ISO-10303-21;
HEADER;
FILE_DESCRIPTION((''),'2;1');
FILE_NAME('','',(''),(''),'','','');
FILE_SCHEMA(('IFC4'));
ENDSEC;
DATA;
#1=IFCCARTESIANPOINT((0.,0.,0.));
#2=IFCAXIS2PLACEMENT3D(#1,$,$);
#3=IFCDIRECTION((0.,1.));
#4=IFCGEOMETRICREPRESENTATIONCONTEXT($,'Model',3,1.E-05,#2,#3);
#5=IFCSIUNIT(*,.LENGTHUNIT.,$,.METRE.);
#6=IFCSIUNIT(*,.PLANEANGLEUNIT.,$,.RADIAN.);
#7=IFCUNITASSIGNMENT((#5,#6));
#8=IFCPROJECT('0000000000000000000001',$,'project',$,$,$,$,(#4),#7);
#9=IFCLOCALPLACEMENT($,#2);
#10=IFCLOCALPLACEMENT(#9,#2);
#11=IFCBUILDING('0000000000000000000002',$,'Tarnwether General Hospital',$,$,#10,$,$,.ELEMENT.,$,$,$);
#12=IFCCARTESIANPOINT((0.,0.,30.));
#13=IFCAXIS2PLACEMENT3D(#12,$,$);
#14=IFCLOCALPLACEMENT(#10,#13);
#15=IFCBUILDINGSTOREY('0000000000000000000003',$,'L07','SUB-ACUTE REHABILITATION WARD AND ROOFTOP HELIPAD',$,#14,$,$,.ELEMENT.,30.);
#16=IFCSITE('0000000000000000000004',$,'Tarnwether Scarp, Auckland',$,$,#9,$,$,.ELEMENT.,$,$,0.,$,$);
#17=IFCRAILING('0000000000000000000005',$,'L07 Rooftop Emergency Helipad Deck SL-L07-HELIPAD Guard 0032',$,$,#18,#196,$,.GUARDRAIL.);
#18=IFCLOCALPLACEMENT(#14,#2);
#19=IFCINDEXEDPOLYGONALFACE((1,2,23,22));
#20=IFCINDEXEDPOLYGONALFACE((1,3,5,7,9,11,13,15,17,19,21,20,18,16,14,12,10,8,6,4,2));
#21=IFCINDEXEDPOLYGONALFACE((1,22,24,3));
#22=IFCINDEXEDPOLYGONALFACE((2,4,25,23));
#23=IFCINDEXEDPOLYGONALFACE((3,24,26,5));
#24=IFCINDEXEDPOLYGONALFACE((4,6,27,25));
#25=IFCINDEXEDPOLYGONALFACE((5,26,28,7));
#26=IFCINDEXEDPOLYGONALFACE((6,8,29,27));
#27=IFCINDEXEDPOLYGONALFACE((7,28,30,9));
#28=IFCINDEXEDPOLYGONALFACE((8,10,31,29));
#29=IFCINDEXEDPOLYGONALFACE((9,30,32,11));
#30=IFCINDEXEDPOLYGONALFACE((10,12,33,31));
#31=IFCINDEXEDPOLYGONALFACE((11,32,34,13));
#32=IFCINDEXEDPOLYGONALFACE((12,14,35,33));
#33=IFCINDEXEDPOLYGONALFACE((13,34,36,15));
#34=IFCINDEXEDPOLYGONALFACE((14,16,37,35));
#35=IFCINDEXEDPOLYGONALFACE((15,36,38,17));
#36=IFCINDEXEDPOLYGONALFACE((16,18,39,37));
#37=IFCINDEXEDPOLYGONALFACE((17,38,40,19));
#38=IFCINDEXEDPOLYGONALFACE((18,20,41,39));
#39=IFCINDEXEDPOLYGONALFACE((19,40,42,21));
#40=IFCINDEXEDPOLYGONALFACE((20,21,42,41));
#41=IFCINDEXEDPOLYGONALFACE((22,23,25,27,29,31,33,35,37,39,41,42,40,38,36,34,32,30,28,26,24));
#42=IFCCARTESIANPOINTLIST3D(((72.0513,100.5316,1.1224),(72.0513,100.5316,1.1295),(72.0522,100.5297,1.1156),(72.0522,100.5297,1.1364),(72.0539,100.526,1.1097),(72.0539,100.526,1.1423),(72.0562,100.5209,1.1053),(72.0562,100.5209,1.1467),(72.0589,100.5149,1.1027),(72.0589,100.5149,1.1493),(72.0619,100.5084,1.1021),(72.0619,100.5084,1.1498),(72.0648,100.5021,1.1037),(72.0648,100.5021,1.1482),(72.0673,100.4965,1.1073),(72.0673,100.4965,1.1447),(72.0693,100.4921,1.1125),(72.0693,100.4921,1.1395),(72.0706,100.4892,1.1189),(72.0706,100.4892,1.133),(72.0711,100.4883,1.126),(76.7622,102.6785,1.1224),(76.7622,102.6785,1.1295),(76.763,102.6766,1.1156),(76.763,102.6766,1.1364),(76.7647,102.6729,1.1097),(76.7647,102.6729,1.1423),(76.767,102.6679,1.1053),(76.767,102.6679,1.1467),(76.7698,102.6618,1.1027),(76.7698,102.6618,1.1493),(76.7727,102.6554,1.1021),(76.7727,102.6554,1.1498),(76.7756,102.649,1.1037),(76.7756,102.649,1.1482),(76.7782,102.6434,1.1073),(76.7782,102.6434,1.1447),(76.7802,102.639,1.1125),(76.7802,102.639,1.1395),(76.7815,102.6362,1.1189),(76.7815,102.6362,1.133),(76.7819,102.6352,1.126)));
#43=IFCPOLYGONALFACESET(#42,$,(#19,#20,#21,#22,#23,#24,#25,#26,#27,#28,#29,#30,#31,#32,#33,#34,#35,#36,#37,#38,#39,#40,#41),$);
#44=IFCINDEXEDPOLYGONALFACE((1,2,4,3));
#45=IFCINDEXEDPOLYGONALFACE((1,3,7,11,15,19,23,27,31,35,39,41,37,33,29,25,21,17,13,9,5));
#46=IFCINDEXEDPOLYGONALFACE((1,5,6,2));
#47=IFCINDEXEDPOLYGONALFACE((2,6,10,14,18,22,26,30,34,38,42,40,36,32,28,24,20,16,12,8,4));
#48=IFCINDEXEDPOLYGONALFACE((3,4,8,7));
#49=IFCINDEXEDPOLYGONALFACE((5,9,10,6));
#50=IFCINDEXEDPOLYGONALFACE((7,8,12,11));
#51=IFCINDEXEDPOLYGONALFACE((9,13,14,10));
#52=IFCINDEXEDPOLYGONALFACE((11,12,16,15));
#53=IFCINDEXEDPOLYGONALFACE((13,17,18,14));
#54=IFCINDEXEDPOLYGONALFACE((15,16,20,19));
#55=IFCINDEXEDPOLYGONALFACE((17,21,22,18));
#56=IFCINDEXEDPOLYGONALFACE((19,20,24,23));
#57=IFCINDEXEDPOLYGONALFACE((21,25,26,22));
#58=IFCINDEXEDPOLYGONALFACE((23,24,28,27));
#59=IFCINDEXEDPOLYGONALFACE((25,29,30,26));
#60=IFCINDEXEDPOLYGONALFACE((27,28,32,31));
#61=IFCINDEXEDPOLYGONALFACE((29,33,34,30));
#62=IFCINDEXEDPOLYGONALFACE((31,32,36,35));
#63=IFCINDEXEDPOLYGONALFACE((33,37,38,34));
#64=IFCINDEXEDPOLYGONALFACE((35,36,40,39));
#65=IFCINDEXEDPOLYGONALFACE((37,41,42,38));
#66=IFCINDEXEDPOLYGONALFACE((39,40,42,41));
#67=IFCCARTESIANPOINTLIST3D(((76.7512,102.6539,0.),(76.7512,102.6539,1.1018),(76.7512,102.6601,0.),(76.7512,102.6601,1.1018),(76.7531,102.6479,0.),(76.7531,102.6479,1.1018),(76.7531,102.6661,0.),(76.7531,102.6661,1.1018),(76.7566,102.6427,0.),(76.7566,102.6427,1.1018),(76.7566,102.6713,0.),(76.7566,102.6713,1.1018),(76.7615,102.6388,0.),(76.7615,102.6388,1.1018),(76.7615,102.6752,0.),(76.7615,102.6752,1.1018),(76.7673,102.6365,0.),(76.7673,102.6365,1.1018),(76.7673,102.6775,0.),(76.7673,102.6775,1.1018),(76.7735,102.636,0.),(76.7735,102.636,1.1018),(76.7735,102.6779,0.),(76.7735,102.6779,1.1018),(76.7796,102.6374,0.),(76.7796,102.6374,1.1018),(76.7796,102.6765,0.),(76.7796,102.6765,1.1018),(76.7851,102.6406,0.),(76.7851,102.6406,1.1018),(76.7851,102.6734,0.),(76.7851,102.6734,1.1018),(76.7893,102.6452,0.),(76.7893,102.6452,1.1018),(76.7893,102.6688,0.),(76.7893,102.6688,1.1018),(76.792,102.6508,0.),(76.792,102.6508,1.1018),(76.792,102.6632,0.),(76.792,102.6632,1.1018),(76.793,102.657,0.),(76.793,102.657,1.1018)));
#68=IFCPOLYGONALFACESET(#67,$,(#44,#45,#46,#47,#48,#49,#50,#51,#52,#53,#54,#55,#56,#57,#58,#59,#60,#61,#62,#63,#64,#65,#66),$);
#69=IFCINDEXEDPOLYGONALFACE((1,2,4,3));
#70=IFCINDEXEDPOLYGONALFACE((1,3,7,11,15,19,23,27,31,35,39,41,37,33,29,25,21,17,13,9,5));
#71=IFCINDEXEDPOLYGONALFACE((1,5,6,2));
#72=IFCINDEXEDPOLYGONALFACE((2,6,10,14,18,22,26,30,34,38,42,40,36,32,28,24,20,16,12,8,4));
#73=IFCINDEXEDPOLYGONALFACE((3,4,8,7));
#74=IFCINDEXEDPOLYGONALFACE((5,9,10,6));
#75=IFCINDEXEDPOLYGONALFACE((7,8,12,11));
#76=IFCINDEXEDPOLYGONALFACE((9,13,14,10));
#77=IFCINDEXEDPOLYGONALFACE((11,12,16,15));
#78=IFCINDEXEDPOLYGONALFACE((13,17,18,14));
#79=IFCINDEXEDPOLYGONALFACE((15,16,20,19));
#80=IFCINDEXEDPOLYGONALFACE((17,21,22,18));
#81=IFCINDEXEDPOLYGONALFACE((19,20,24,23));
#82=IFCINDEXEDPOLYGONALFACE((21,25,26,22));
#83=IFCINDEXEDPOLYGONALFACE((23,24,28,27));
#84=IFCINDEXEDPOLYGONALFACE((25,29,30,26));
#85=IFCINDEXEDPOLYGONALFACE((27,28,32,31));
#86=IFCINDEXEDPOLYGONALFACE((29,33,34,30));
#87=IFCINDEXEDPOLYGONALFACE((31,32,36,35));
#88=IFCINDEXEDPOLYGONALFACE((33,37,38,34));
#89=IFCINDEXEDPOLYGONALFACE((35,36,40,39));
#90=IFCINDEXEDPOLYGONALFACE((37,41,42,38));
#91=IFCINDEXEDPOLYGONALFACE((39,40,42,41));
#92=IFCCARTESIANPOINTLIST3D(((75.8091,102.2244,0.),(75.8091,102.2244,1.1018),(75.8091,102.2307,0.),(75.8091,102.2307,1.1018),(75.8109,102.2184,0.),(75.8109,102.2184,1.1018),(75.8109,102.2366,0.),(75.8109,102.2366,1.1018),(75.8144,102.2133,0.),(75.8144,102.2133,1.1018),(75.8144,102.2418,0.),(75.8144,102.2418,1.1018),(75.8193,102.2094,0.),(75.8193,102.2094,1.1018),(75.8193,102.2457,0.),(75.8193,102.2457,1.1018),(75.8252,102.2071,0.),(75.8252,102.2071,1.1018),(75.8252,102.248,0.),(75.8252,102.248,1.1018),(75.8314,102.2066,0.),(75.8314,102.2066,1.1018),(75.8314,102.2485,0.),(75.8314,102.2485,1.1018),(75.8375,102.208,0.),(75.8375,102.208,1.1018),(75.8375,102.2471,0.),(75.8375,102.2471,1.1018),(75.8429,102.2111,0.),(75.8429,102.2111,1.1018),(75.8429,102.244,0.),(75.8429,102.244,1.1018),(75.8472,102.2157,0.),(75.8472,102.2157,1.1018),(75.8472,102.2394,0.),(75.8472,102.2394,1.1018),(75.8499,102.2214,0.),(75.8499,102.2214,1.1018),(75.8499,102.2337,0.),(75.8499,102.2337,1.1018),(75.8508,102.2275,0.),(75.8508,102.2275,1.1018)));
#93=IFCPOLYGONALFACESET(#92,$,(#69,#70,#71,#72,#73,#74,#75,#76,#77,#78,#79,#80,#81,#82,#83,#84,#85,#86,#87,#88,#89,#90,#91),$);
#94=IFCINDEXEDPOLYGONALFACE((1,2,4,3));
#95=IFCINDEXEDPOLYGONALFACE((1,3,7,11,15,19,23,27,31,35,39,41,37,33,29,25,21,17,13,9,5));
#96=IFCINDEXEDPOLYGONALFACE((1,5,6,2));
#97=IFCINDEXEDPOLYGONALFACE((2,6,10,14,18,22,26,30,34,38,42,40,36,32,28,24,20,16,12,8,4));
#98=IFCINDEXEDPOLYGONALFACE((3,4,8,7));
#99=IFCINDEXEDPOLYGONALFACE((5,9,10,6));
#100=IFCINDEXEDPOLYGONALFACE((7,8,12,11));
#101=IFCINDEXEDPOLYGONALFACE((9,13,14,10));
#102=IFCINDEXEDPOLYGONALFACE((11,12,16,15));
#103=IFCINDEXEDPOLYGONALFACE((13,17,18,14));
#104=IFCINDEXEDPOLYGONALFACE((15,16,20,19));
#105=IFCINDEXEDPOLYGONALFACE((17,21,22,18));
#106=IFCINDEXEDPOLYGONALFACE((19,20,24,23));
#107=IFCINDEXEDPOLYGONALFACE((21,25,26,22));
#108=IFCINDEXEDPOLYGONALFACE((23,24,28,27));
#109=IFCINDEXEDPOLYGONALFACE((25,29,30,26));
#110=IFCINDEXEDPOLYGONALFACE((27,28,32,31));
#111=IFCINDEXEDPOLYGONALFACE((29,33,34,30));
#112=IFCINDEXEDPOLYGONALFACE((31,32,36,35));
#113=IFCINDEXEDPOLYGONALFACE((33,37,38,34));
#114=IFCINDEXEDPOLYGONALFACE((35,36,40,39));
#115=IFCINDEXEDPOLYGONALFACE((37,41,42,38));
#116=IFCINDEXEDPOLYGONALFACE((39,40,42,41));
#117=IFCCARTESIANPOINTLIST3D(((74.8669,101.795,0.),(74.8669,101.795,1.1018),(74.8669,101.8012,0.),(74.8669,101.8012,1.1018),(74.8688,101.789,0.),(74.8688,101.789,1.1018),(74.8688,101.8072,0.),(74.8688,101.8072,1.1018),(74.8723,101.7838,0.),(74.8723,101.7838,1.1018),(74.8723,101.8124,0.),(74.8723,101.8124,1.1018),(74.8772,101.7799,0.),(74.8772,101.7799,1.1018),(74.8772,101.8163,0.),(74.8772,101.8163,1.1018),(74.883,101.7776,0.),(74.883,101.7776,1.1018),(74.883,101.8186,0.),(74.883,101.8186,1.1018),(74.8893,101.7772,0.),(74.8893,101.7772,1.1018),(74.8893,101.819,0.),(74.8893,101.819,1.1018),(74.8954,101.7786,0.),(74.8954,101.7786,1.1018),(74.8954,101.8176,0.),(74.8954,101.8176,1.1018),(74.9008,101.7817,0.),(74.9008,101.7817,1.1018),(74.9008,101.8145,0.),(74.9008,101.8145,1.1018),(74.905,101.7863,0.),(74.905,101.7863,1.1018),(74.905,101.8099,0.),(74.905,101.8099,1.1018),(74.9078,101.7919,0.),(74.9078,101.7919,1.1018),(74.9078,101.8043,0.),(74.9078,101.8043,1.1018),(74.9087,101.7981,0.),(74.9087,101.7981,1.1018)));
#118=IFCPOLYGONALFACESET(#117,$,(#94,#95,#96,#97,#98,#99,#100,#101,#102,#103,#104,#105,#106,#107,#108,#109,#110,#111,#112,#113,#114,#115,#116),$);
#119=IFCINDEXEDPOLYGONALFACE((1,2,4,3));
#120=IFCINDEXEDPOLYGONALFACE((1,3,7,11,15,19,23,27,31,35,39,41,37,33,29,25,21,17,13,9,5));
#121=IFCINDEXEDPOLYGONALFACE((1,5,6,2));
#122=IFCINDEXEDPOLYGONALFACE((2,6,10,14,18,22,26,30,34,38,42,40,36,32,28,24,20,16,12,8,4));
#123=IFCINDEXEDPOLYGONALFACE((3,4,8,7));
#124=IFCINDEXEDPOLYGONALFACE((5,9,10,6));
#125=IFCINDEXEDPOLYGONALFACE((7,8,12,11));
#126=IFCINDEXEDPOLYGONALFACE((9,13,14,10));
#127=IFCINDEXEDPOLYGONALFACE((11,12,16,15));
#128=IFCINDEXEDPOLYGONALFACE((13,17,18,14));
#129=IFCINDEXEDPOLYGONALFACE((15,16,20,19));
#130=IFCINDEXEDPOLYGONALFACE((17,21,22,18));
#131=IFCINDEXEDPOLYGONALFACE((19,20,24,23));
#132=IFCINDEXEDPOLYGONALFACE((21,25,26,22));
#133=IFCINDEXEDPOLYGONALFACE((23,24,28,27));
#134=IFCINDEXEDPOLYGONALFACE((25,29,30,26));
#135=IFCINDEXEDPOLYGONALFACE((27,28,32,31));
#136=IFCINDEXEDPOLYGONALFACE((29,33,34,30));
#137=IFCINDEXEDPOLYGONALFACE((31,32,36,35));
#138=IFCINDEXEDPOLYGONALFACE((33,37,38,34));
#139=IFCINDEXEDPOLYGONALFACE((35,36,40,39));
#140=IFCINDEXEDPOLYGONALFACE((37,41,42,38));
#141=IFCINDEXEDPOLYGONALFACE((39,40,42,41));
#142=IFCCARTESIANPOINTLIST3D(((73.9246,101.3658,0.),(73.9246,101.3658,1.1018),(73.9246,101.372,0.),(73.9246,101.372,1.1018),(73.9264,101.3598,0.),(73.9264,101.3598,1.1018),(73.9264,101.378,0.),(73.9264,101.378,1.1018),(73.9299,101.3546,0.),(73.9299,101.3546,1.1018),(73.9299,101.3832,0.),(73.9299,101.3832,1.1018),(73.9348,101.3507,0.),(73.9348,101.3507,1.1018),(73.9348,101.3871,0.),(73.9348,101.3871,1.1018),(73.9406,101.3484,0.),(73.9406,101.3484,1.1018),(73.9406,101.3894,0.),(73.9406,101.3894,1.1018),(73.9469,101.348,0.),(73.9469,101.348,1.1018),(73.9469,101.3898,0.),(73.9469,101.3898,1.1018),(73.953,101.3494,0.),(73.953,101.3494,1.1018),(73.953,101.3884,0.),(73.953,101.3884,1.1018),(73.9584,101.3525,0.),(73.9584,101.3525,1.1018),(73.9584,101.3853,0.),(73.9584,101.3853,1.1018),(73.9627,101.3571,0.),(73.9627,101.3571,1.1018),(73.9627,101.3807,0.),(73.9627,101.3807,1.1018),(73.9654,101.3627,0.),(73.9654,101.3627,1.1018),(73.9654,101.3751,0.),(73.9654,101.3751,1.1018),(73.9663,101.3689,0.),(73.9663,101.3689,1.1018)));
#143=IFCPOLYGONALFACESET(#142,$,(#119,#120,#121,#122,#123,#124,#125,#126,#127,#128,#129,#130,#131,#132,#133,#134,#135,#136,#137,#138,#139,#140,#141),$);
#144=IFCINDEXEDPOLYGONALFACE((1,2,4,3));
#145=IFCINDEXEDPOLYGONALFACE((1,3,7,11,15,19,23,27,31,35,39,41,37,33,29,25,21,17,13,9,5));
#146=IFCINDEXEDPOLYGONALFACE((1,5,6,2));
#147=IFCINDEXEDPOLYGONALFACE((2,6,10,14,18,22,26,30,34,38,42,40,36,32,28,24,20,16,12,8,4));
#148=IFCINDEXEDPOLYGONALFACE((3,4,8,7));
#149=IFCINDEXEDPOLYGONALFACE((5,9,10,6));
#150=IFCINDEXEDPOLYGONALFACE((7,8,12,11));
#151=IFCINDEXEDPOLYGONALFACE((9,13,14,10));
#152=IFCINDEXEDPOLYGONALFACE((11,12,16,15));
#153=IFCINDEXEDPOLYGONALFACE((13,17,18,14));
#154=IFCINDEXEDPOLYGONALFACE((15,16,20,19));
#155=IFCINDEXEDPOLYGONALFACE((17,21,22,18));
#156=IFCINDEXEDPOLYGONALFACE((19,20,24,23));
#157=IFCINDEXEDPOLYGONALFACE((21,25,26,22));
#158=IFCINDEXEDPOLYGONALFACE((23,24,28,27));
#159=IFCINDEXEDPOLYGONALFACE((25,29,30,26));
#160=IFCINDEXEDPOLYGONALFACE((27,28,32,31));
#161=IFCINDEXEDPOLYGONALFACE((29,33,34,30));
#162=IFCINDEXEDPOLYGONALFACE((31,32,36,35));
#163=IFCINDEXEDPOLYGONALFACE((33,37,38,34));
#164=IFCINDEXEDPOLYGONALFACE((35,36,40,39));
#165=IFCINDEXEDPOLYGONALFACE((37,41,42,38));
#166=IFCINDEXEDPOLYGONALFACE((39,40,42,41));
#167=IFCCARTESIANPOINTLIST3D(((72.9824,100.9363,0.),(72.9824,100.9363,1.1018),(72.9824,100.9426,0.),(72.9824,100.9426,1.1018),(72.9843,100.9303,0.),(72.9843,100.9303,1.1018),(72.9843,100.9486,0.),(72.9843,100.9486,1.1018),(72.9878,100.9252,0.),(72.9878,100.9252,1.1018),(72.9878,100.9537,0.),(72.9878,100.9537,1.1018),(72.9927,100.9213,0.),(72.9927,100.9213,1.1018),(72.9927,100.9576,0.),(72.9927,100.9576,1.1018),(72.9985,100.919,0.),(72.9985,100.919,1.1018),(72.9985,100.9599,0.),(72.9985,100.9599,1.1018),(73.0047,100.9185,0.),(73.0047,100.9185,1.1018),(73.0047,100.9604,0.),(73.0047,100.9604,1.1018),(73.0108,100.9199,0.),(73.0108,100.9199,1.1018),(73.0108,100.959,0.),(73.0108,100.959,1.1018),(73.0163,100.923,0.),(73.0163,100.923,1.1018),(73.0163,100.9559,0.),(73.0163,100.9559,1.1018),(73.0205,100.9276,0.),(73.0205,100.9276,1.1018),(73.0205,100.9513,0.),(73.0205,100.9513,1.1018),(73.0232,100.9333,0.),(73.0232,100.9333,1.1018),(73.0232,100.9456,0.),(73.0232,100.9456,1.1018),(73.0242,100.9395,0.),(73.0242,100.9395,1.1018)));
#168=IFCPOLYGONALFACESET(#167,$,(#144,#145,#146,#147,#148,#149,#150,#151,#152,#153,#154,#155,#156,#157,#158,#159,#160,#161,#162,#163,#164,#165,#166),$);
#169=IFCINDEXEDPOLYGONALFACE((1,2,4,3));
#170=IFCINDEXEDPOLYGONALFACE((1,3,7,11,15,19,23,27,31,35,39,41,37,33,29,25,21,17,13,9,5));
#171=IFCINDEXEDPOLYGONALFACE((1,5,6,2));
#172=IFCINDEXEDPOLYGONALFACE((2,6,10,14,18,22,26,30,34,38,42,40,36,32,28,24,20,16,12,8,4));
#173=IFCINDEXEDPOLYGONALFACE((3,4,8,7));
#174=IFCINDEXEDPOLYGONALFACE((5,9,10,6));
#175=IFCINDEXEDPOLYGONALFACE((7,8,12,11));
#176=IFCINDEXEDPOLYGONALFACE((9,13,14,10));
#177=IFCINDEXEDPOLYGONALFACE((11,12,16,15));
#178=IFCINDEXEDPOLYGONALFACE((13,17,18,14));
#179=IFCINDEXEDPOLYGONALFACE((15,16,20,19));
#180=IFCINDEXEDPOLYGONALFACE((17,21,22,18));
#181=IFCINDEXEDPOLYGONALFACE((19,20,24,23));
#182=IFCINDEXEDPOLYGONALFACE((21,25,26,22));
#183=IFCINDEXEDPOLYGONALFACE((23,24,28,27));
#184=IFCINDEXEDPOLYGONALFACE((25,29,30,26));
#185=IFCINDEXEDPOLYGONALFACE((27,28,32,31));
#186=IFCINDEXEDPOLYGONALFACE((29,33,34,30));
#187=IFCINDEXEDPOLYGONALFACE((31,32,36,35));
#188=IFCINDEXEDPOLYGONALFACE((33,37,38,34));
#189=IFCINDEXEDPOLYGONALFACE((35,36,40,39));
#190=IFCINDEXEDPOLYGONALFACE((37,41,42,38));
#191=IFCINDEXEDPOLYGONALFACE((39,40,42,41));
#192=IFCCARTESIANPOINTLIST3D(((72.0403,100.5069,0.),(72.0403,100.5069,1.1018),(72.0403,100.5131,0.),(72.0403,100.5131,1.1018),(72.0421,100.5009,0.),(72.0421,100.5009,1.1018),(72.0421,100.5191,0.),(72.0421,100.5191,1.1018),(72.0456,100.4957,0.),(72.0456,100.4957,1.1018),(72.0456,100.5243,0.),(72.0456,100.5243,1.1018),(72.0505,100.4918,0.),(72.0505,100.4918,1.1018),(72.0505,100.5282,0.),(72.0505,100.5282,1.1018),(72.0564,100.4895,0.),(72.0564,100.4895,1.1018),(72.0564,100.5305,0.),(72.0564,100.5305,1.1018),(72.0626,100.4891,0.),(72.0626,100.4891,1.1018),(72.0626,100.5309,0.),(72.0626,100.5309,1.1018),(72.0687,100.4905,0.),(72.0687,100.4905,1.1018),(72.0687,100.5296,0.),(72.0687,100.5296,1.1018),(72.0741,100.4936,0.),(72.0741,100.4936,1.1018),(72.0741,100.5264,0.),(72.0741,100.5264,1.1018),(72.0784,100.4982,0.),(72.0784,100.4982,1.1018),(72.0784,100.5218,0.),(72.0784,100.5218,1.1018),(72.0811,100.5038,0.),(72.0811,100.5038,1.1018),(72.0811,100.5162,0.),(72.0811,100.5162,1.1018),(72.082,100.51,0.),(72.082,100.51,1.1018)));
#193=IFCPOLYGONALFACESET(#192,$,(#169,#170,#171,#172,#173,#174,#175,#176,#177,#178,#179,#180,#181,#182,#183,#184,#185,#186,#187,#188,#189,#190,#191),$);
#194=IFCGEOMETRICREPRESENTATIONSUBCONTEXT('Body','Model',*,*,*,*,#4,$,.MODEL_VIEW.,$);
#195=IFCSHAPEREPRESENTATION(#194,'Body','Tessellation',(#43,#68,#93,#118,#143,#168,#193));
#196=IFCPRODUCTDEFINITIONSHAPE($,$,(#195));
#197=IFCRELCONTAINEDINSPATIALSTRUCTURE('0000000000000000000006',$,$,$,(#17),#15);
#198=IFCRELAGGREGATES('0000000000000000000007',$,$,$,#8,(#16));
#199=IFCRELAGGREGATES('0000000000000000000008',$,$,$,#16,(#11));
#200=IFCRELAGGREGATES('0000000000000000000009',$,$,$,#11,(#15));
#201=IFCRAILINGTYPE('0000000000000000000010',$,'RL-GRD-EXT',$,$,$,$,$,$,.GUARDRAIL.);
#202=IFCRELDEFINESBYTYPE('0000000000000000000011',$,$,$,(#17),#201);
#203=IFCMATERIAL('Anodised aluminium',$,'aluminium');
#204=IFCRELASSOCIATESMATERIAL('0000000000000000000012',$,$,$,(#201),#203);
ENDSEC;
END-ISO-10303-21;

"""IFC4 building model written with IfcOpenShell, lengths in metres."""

from ifc_helpers import new_model, si_unit, direction, frame, origin, origin_2d, place, context, subcontext, project, spatial, circle, extrude, material, type_object, element, save


model = new_model("IFC4")

# Units and contexts
model_context = context("Model", 3, precision=1e-05, world=origin(), true_north=direction((0.0, 1.0)))
body_context = subcontext(model_context, "Body", "Model", "MODEL_VIEW")
ifc_project = project(units=[si_unit("LENGTHUNIT", "METRE"), si_unit("PLANEANGLEUNIT", "RADIAN")], contexts=[model_context])

# Site, building, storey
site_placement = place(None, origin())
site = spatial("IfcSite", under=ifc_project, at=site_placement, Name="Tarnwether Scarp, Auckland", CompositionType="ELEMENT", RefElevation=0.0)
building_placement = place(site_placement, origin())
building = spatial("IfcBuilding", under=site, at=building_placement, Name="Tarnwether General Hospital", CompositionType="ELEMENT")
storey_placement = place(building_placement, frame((0.0, 0.0, 30.0)))
storey = spatial("IfcBuildingStorey", under=building, at=storey_placement, Name="L07", Description="SUB-ACUTE REHABILITATION WARD AND ROOFTOP HELIPAD", CompositionType="ELEMENT", Elevation=30.0)

# Railing
ifc_material_1 = material(Name="Anodised aluminium", Category="aluminium")
railing_type = type_object("IfcRailingType", Name="RL-GRD-EXT", PredefinedType="GUARDRAIL", material=ifc_material_1)
railing_1_placement = place(storey_placement, frame((76.772, 102.657, 0.0)))
element("IfcRailing", 1, at=railing_1_placement, inside=storey, type_object=railing_type, Name="L07 Rooftop Emergency Helipad Deck SL-L07-HELIPAD Guard 0032", PredefinedType="GUARDRAIL", context=body_context, shape_type="SweptSolid", body=[
    extrude(circle(Radius=0.0239, at=origin_2d()), frame((0.0, 0.0, 1.126), z_axis=(-0.909956, -0.414705, 0.0), x_axis=(0.414705, -0.909956, 0.0)), (0.0, 0.0, 1.0), 5.177),
    extrude(circle(Radius=0.021, at=origin_2d()), origin(), (0.0, 0.0, 1.0), 1.1018),
    extrude(circle(Radius=0.021, at=origin_2d()), frame((-0.9421, -0.4294, 0.0)), (0.0, 0.0, 1.0), 1.1018),
    extrude(circle(Radius=0.021, at=origin_2d()), frame((-1.8843, -0.8589, 0.0)), (0.0, 0.0, 1.0), 1.1018),
    extrude(circle(Radius=0.021, at=origin_2d()), frame((-2.8267, -1.2881, 0.0)), (0.0, 0.0, 1.0), 1.1018),
    extrude(circle(Radius=0.021, at=origin_2d()), frame((-3.7688, -1.7175, 0.0)), (0.0, 0.0, 1.0), 1.1018),
    extrude(circle(Radius=0.021, at=origin_2d()), frame((-4.7109, -2.147, 0.0)), (0.0, 0.0, 1.0), 1.1018),
])

save(model, "model.ifc")
